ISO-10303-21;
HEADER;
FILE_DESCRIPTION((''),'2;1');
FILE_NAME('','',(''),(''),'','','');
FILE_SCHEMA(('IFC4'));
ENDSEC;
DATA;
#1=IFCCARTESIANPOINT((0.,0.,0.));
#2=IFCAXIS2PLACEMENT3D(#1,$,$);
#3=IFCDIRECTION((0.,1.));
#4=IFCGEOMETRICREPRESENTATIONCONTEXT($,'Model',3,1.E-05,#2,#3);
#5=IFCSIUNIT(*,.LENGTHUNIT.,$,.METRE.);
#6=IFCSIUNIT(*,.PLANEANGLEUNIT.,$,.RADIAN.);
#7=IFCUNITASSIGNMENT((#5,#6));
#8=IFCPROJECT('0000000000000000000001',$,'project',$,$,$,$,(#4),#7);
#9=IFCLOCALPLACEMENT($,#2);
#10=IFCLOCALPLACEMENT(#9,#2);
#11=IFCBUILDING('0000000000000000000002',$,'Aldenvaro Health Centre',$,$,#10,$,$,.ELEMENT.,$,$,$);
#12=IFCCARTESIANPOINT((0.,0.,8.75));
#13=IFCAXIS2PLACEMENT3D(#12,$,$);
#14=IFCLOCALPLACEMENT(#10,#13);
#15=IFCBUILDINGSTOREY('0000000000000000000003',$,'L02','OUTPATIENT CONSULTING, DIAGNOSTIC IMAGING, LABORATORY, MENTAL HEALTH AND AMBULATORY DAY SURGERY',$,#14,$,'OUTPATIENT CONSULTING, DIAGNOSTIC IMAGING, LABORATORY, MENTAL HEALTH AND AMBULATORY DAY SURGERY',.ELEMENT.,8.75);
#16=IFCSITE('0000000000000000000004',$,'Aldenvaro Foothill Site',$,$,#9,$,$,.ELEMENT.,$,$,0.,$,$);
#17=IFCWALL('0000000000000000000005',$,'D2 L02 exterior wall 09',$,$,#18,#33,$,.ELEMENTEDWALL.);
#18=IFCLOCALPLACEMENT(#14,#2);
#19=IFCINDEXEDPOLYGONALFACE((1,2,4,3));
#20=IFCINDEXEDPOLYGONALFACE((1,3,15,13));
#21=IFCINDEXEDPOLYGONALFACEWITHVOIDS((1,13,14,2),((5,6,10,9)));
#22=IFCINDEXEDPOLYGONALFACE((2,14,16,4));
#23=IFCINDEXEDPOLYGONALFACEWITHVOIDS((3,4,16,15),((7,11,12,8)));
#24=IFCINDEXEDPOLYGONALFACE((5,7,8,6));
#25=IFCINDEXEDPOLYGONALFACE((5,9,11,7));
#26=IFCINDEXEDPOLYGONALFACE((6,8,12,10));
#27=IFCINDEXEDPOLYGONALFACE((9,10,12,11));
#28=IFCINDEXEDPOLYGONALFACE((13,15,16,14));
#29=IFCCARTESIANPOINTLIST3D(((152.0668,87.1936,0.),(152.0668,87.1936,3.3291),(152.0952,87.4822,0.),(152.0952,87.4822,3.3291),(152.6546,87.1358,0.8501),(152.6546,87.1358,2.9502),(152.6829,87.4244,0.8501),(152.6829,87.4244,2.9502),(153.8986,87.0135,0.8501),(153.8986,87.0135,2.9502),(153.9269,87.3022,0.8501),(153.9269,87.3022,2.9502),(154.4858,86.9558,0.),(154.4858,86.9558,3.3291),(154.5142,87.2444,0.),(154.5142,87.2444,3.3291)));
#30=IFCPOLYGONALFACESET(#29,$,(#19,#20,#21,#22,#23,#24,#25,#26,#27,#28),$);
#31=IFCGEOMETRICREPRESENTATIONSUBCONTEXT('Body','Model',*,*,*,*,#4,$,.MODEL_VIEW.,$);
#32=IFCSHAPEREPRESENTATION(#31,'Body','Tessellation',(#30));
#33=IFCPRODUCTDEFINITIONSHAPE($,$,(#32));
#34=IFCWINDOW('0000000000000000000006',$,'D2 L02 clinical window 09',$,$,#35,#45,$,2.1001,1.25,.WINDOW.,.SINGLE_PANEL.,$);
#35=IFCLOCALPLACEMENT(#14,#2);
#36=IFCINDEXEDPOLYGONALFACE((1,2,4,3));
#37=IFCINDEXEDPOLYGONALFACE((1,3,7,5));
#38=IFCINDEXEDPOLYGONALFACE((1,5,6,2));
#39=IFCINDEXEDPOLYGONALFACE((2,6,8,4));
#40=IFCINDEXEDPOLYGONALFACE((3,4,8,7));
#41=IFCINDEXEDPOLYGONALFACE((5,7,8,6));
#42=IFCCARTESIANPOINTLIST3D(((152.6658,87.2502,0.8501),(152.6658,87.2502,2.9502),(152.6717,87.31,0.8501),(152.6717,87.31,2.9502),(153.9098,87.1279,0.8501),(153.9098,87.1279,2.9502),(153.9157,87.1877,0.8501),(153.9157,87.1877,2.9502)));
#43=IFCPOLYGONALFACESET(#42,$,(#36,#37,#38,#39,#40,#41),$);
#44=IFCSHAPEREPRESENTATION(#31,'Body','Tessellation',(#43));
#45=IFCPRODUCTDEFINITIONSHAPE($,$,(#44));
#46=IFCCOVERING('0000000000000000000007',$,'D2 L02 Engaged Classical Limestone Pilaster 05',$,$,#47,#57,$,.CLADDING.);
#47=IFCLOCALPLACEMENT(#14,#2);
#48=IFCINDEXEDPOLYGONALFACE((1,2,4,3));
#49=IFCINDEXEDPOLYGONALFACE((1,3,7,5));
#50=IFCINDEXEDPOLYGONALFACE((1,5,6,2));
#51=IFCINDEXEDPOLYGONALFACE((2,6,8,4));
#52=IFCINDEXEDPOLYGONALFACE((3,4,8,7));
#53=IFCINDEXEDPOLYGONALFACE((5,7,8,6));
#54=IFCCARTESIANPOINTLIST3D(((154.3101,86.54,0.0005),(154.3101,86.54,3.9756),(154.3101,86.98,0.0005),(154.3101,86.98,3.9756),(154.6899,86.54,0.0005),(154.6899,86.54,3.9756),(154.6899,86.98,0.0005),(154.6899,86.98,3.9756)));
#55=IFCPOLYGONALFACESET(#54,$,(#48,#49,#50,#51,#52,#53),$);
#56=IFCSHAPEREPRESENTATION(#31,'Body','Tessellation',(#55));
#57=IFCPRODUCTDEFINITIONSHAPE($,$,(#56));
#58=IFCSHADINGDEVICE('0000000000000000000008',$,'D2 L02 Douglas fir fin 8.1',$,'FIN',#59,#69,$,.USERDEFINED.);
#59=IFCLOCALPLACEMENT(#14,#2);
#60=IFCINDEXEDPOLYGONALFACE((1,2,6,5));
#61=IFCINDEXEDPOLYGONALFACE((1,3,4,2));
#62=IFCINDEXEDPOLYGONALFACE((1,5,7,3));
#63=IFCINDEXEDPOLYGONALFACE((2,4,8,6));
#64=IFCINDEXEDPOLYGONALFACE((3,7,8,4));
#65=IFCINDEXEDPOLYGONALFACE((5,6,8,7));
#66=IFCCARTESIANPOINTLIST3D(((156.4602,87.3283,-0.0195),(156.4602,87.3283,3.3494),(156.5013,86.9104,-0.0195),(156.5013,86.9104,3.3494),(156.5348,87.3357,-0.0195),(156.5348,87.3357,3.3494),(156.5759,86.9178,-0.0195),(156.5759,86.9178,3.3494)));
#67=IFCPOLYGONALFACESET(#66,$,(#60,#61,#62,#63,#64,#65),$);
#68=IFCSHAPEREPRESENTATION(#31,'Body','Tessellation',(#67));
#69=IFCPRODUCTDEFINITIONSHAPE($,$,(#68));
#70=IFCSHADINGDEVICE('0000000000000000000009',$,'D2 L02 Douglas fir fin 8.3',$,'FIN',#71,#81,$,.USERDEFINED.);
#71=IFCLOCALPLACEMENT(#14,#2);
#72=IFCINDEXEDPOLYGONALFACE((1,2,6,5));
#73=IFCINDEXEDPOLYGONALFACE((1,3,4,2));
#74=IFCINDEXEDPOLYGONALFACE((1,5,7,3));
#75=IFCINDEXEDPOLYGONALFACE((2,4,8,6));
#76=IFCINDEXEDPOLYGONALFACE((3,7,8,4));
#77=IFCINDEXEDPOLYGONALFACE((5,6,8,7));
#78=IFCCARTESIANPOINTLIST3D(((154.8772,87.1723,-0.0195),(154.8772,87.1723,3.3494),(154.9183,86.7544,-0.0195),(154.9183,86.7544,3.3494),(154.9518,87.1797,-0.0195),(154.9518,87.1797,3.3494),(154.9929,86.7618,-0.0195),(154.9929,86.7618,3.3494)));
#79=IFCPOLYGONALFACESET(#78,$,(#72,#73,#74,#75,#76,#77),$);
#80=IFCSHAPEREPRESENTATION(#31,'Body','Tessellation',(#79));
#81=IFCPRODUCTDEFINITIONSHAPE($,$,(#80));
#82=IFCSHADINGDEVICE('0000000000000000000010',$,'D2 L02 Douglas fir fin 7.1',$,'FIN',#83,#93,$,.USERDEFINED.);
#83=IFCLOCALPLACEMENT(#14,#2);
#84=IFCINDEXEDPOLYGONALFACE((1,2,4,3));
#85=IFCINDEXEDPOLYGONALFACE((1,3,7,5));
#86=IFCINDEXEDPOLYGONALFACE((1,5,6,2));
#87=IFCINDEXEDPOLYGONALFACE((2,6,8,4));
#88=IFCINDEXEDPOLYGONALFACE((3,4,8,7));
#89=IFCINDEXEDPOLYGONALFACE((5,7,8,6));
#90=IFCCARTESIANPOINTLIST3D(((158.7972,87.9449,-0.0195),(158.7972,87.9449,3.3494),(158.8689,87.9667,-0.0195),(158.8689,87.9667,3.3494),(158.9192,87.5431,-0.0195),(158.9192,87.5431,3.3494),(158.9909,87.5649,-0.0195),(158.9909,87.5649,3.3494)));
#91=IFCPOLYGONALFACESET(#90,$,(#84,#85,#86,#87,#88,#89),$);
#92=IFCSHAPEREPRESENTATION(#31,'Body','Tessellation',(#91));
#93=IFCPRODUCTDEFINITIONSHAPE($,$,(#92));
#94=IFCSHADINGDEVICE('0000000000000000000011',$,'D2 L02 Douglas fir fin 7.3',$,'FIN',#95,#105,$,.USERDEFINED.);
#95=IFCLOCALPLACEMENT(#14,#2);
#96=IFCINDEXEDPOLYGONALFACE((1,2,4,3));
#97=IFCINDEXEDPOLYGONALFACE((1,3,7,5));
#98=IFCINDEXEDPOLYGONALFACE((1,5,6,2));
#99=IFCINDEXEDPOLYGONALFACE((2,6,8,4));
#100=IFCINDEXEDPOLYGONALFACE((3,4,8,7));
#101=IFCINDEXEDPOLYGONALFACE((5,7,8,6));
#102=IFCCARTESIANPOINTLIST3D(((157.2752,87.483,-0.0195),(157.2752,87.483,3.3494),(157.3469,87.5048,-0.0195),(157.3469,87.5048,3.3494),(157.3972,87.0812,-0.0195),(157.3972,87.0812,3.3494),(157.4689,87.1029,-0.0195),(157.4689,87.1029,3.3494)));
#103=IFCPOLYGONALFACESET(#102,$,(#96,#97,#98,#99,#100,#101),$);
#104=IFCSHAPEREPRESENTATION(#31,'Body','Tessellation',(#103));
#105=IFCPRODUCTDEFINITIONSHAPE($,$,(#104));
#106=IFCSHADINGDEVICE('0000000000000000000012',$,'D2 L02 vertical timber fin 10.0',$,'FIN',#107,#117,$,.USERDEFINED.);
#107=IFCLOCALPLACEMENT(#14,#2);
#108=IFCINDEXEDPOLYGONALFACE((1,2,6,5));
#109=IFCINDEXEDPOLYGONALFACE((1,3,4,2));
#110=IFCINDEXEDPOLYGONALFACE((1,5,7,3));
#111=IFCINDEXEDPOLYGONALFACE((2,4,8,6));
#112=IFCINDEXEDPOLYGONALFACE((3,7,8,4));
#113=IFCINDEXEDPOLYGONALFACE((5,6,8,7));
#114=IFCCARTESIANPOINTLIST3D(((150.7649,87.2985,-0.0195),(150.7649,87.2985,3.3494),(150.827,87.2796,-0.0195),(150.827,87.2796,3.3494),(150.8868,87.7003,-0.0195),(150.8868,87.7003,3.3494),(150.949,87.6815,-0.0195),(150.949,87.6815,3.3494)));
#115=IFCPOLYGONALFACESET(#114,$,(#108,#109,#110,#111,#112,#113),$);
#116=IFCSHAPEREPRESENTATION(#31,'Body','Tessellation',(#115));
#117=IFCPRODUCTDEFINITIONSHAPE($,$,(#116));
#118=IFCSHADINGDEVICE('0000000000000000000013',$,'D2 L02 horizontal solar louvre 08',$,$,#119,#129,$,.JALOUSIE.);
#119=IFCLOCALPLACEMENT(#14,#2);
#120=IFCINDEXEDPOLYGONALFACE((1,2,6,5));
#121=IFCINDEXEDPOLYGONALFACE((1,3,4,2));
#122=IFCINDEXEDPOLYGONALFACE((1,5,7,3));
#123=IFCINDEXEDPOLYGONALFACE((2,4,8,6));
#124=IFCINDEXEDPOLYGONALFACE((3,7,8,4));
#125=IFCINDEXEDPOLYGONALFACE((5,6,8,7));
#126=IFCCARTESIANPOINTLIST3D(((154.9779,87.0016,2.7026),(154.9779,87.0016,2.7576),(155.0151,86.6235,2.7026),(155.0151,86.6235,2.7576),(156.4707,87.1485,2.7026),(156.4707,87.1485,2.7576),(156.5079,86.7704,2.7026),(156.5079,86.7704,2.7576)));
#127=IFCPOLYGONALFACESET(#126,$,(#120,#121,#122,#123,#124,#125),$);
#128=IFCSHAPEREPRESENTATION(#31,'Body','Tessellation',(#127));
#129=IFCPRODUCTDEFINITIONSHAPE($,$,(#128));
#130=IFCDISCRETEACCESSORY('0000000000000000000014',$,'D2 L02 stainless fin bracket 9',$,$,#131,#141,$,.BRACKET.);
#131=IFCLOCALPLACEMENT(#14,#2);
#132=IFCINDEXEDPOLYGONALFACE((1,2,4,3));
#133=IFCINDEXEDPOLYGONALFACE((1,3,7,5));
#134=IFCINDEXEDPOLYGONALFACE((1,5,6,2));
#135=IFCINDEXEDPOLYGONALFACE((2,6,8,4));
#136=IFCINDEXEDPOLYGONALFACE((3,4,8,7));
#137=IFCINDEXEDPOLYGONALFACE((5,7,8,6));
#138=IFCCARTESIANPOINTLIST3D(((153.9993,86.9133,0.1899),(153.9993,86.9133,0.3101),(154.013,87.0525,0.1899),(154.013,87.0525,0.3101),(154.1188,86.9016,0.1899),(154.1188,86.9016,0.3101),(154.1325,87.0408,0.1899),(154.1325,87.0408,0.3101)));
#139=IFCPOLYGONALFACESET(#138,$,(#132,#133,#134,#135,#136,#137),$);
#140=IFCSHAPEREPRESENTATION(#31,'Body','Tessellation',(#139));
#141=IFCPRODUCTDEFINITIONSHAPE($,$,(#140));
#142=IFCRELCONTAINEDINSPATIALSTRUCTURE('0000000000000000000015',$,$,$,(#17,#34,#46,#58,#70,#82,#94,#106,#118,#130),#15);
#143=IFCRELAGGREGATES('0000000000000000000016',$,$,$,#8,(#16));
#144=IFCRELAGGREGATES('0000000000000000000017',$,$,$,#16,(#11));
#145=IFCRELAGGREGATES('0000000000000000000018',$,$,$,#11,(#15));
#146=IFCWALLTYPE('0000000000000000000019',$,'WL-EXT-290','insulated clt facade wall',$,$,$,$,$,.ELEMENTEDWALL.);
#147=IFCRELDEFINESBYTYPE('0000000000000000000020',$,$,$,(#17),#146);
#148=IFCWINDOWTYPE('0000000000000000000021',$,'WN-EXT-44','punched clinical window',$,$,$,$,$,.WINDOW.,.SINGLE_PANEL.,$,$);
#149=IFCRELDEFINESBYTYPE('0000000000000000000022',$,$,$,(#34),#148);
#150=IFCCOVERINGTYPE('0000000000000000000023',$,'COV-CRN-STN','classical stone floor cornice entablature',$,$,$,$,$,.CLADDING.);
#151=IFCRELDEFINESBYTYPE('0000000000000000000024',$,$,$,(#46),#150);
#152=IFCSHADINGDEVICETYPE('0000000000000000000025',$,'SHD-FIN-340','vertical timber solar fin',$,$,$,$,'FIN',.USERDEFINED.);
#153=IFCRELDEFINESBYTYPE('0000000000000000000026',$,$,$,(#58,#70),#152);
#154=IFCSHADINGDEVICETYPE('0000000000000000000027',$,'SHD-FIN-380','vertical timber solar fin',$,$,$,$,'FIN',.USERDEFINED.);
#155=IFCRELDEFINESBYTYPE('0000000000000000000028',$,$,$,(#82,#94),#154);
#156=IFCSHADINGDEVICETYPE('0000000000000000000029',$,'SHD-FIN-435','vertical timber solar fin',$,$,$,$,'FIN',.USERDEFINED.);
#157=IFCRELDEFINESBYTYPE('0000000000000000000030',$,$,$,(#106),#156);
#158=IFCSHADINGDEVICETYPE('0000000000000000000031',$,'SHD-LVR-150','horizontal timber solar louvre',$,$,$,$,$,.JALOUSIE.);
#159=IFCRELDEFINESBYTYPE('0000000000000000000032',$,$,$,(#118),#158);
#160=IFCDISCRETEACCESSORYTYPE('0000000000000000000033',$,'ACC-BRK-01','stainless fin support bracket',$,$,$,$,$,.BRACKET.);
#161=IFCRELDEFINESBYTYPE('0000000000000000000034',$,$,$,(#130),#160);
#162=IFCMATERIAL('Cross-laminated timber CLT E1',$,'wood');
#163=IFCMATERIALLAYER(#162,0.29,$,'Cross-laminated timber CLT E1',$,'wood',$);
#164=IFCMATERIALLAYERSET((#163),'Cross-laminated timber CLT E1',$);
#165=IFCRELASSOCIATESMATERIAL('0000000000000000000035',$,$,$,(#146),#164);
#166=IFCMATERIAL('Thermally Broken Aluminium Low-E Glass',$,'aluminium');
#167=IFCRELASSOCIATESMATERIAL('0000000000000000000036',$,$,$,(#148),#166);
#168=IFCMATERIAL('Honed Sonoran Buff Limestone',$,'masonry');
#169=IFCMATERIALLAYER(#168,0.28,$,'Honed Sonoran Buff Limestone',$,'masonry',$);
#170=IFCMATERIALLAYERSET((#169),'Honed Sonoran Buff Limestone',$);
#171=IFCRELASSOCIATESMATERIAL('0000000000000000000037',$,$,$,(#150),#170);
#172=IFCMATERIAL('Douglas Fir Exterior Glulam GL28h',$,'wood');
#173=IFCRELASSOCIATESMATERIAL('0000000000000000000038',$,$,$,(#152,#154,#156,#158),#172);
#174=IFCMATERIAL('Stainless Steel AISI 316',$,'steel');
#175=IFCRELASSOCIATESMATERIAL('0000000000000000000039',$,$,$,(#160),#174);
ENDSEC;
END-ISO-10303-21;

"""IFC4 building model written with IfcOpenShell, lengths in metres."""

from ifc_helpers import new_model, si_unit, direction, frame, frame_2d, origin, origin_2d, place, context, subcontext, project, spatial, rectangle, extrude, material, layer, layer_set, type_object, element, fill, save


model = new_model("IFC4")

# Units and contexts
model_context = context("Model", 3, precision=1e-05, world=origin(), true_north=direction((0.0, 1.0)))
body_context = subcontext(model_context, "Body", "Model", "MODEL_VIEW")
ifc_project = project(units=[si_unit("LENGTHUNIT", "METRE"), si_unit("PLANEANGLEUNIT", "RADIAN")], contexts=[model_context])

# Site, building, storey
site_placement = place(None, origin())
site = spatial("IfcSite", under=ifc_project, at=site_placement, Name="Aldenvaro Foothill Site", CompositionType="ELEMENT", RefElevation=0.0)
building_placement = place(site_placement, origin())
building = spatial("IfcBuilding", under=site, at=building_placement, Name="Aldenvaro Health Centre", CompositionType="ELEMENT")
storey_placement = place(building_placement, frame((0.0, 0.0, 8.75)))
storey = spatial("IfcBuildingStorey", under=building, at=storey_placement, Name="L02", Description="OUTPATIENT CONSULTING, DIAGNOSTIC IMAGING, LABORATORY, MENTAL HEALTH AND AMBULATORY DAY SURGERY", LongName="OUTPATIENT CONSULTING, DIAGNOSTIC IMAGING, LABORATORY, MENTAL HEALTH AND AMBULATORY DAY SURGERY", CompositionType="ELEMENT", Elevation=8.75)

# Wall, opening, window
ifc_material_1 = material(Name="Cross-laminated timber CLT E1", Category="wood")
ifc_layer_1 = layer(ifc_material_1, 0.29, Name="Cross-laminated timber CLT E1", Category="wood")
ifc_layer_set_1 = layer_set([ifc_layer_1], Name="Cross-laminated timber CLT E1")
wall_type = type_object("IfcWallType", Name="WL-EXT-290", Description="insulated clt facade wall", PredefinedType="ELEMENTEDWALL", material=ifc_layer_set_1)
ifc_material_2 = material(Name="Thermally Broken Aluminium Low-E Glass", Category="aluminium")
wall_1_placement = place(storey_placement, frame((154.5, 87.1001, 0.0), z_axis=(0.0, 0.0, 1.0), x_axis=(-0.995203, 0.097833, 0.0)))
wall_1 = element("IfcWall", 1, at=wall_1_placement, inside=storey, type_object=wall_type, Name="D2 L02 exterior wall 09", PredefinedType="ELEMENTEDWALL", context=body_context, shape_type="SweptSolid", body=[
    extrude(rectangle(XDim=2.4307, YDim=0.29, at=frame_2d((1.2153, 0.0))), origin(), (0.0, 0.0, 1.0), 3.3291),
])
opening_1_placement = place(wall_1_placement, frame((0.5901, 0.0, 0.8501)))
opening_1 = element("IfcOpeningElement", 2, at=opening_1_placement, cuts=wall_1, PredefinedType="OPENING", context=body_context, shape_type="SweptSolid", body=[
    extrude(rectangle(XDim=1.25, YDim=2.1001, at=frame_2d((0.625, 1.05))), frame((0.0, 0.155, 0.0), z_axis=(0.0, -1.0, 0.0), x_axis=(1.0, 0.0, 0.0)), (0.0, 0.0, 1.0), 0.3101),
])
window_type_1 = type_object("IfcWindowType", Name="WN-EXT-44", Description="punched clinical window", PartitioningType="SINGLE_PANEL", PredefinedType="WINDOW", material=ifc_material_2)
window_1_placement = place(opening_1_placement, origin())
window_1 = element("IfcWindow", 3, at=window_1_placement, inside=storey, type_object=window_type_1, Name="D2 L02 clinical window 09", OverallHeight=2.1001, OverallWidth=1.25, PartitioningType="SINGLE_PANEL", PredefinedType="WINDOW", context=body_context, shape_type="SweptSolid", body=[
    extrude(rectangle(XDim=1.25, YDim=2.1001, at=frame_2d((0.625, 1.05))), frame((0.0, 0.03, 0.0), z_axis=(0.0, -1.0, 0.0), x_axis=(1.0, 0.0, 0.0)), (0.0, 0.0, 1.0), 0.0601),
])
fill(opening_1, window_1)

# Covering
ifc_material_3 = material(Name="Honed Sonoran Buff Limestone", Category="masonry")
ifc_layer_2 = layer(ifc_material_3, 0.28, Name="Honed Sonoran Buff Limestone", Category="masonry")
ifc_layer_set_2 = layer_set([ifc_layer_2], Name="Honed Sonoran Buff Limestone")
covering_type = type_object("IfcCoveringType", Name="COV-CRN-STN", Description="classical stone floor cornice entablature", PredefinedType="CLADDING", material=ifc_layer_set_2)
covering_placement = place(storey_placement, frame((154.5, 86.76, 0.0005), z_axis=(0.0, 0.0, 1.0), x_axis=(0.0, -1.0, 0.0)))
element("IfcCovering", 4, at=covering_placement, inside=storey, type_object=covering_type, Name="D2 L02 Engaged Classical Limestone Pilaster 05", PredefinedType="CLADDING", context=body_context, shape_type="SweptSolid", body=[
    extrude(rectangle(XDim=0.4399, YDim=0.3799, at=origin_2d()), origin(), (0.0, 0.0, 1.0), 3.9751),
])

# Shading devices
ifc_material_4 = material(Name="Douglas Fir Exterior Glulam GL28h", Category="wood")
shading_device_type_1 = type_object("IfcShadingDeviceType", Name="SHD-FIN-340", Description="vertical timber solar fin", ElementType="FIN", PredefinedType="USERDEFINED", material=ifc_material_4)
for number, where, z_axis, x_axis, name in (
    (5, (156.5181, 87.123, -0.0195), (0.0, 0.0, 1.0), (-0.995195, -0.097915, 0.0), "D2 L02 Douglas fir fin 8.1"),
    (6, (154.9351, 86.967, -0.0195), (0.0, 0.0, 1.0), (-0.995195, -0.097915, 0.0), "D2 L02 Douglas fir fin 8.3"),
):
    element("IfcShadingDevice", number, at=place(storey_placement, frame(where, z_axis=z_axis, x_axis=x_axis)), inside=storey, type_object=shading_device_type_1, Name=name, ObjectType="FIN", PredefinedType="USERDEFINED", context=body_context, shape_type="SweptSolid", body=[
        extrude(rectangle(XDim=0.075, YDim=0.4199, at=origin_2d()), origin(), (0.0, 0.0, 1.0), 3.3689),
    ])
shading_device_type_2 = type_object("IfcShadingDeviceType", Name="SHD-FIN-380", Description="vertical timber solar fin", ElementType="FIN", PredefinedType="USERDEFINED", material=ifc_material_4)
for number, where, z_axis, x_axis, name in (
    (7, (158.894, 87.7549, -0.0195), (0.0, 0.0, 1.0), (-0.956893, -0.290441, 0.0), "D2 L02 Douglas fir fin 7.1"),
    (8, (157.3721, 87.293, -0.0195), (0.0, 0.0, 1.0), (-0.956893, -0.290441, 0.0), "D2 L02 Douglas fir fin 7.3"),
):
    element("IfcShadingDevice", number, at=place(storey_placement, frame(where, z_axis=z_axis, x_axis=x_axis)), inside=storey, type_object=shading_device_type_2, Name=name, ObjectType="FIN", PredefinedType="USERDEFINED", context=body_context, shape_type="SweptSolid", body=[
        extrude(rectangle(XDim=0.075, YDim=0.4199, at=origin_2d()), origin(), (0.0, 0.0, 1.0), 3.3689),
    ])
shading_device_type_3 = type_object("IfcShadingDeviceType", Name="SHD-FIN-435", Description="vertical timber solar fin", ElementType="FIN", PredefinedType="USERDEFINED", material=ifc_material_4)
shading_device_1_placement = place(storey_placement, frame((150.8569, 87.49, -0.0195), z_axis=(0.0, 0.0, 1.0), x_axis=(-0.956893, 0.290441, 0.0)))
element("IfcShadingDevice", 9, at=shading_device_1_placement, inside=storey, type_object=shading_device_type_3, Name="D2 L02 vertical timber fin 10.0", ObjectType="FIN", PredefinedType="USERDEFINED", context=body_context, shape_type="SweptSolid", body=[
    extrude(rectangle(XDim=0.0649, YDim=0.4199, at=origin_2d()), origin(), (0.0, 0.0, 1.0), 3.3689),
])
shading_device_type_4 = type_object("IfcShadingDeviceType", Name="SHD-LVR-150", Description="horizontal timber solar louvre", PredefinedType="JALOUSIE", material=ifc_material_4)
shading_device_2_placement = place(storey_placement, frame((155.7429, 86.886, 2.7026), z_axis=(0.0, 0.0, 1.0), x_axis=(-0.995195, -0.097915, 0.0)))
element("IfcShadingDevice", 10, at=shading_device_2_placement, inside=storey, type_object=shading_device_type_4, Name="D2 L02 horizontal solar louvre 08", PredefinedType="JALOUSIE", context=body_context, shape_type="SweptSolid", body=[
    extrude(rectangle(XDim=1.5, YDim=0.3799, at=origin_2d()), origin(), (0.0, 0.0, 1.0), 0.0549),
])

# Discrete accessory
ifc_material_5 = material(Name="Stainless Steel AISI 316", Category="steel")
discrete_accessory_type = type_object("IfcDiscreteAccessoryType", Name="ACC-BRK-01", Description="stainless fin support bracket", PredefinedType="BRACKET", material=ifc_material_5)
discrete_accessory_placement = place(storey_placement, frame((154.0659, 86.9771, 0.1899), z_axis=(0.0, 0.0, 1.0), x_axis=(-0.995195, 0.097915, 0.0)))
element("IfcDiscreteAccessory", 11, at=discrete_accessory_placement, inside=storey, type_object=discrete_accessory_type, Name="D2 L02 stainless fin bracket 9", PredefinedType="BRACKET", context=body_context, shape_type="SweptSolid", body=[
    extrude(rectangle(XDim=0.1201, YDim=0.1399, at=origin_2d()), origin(), (0.0, 0.0, 1.0), 0.1201),
])

save(model, "model.ifc")
